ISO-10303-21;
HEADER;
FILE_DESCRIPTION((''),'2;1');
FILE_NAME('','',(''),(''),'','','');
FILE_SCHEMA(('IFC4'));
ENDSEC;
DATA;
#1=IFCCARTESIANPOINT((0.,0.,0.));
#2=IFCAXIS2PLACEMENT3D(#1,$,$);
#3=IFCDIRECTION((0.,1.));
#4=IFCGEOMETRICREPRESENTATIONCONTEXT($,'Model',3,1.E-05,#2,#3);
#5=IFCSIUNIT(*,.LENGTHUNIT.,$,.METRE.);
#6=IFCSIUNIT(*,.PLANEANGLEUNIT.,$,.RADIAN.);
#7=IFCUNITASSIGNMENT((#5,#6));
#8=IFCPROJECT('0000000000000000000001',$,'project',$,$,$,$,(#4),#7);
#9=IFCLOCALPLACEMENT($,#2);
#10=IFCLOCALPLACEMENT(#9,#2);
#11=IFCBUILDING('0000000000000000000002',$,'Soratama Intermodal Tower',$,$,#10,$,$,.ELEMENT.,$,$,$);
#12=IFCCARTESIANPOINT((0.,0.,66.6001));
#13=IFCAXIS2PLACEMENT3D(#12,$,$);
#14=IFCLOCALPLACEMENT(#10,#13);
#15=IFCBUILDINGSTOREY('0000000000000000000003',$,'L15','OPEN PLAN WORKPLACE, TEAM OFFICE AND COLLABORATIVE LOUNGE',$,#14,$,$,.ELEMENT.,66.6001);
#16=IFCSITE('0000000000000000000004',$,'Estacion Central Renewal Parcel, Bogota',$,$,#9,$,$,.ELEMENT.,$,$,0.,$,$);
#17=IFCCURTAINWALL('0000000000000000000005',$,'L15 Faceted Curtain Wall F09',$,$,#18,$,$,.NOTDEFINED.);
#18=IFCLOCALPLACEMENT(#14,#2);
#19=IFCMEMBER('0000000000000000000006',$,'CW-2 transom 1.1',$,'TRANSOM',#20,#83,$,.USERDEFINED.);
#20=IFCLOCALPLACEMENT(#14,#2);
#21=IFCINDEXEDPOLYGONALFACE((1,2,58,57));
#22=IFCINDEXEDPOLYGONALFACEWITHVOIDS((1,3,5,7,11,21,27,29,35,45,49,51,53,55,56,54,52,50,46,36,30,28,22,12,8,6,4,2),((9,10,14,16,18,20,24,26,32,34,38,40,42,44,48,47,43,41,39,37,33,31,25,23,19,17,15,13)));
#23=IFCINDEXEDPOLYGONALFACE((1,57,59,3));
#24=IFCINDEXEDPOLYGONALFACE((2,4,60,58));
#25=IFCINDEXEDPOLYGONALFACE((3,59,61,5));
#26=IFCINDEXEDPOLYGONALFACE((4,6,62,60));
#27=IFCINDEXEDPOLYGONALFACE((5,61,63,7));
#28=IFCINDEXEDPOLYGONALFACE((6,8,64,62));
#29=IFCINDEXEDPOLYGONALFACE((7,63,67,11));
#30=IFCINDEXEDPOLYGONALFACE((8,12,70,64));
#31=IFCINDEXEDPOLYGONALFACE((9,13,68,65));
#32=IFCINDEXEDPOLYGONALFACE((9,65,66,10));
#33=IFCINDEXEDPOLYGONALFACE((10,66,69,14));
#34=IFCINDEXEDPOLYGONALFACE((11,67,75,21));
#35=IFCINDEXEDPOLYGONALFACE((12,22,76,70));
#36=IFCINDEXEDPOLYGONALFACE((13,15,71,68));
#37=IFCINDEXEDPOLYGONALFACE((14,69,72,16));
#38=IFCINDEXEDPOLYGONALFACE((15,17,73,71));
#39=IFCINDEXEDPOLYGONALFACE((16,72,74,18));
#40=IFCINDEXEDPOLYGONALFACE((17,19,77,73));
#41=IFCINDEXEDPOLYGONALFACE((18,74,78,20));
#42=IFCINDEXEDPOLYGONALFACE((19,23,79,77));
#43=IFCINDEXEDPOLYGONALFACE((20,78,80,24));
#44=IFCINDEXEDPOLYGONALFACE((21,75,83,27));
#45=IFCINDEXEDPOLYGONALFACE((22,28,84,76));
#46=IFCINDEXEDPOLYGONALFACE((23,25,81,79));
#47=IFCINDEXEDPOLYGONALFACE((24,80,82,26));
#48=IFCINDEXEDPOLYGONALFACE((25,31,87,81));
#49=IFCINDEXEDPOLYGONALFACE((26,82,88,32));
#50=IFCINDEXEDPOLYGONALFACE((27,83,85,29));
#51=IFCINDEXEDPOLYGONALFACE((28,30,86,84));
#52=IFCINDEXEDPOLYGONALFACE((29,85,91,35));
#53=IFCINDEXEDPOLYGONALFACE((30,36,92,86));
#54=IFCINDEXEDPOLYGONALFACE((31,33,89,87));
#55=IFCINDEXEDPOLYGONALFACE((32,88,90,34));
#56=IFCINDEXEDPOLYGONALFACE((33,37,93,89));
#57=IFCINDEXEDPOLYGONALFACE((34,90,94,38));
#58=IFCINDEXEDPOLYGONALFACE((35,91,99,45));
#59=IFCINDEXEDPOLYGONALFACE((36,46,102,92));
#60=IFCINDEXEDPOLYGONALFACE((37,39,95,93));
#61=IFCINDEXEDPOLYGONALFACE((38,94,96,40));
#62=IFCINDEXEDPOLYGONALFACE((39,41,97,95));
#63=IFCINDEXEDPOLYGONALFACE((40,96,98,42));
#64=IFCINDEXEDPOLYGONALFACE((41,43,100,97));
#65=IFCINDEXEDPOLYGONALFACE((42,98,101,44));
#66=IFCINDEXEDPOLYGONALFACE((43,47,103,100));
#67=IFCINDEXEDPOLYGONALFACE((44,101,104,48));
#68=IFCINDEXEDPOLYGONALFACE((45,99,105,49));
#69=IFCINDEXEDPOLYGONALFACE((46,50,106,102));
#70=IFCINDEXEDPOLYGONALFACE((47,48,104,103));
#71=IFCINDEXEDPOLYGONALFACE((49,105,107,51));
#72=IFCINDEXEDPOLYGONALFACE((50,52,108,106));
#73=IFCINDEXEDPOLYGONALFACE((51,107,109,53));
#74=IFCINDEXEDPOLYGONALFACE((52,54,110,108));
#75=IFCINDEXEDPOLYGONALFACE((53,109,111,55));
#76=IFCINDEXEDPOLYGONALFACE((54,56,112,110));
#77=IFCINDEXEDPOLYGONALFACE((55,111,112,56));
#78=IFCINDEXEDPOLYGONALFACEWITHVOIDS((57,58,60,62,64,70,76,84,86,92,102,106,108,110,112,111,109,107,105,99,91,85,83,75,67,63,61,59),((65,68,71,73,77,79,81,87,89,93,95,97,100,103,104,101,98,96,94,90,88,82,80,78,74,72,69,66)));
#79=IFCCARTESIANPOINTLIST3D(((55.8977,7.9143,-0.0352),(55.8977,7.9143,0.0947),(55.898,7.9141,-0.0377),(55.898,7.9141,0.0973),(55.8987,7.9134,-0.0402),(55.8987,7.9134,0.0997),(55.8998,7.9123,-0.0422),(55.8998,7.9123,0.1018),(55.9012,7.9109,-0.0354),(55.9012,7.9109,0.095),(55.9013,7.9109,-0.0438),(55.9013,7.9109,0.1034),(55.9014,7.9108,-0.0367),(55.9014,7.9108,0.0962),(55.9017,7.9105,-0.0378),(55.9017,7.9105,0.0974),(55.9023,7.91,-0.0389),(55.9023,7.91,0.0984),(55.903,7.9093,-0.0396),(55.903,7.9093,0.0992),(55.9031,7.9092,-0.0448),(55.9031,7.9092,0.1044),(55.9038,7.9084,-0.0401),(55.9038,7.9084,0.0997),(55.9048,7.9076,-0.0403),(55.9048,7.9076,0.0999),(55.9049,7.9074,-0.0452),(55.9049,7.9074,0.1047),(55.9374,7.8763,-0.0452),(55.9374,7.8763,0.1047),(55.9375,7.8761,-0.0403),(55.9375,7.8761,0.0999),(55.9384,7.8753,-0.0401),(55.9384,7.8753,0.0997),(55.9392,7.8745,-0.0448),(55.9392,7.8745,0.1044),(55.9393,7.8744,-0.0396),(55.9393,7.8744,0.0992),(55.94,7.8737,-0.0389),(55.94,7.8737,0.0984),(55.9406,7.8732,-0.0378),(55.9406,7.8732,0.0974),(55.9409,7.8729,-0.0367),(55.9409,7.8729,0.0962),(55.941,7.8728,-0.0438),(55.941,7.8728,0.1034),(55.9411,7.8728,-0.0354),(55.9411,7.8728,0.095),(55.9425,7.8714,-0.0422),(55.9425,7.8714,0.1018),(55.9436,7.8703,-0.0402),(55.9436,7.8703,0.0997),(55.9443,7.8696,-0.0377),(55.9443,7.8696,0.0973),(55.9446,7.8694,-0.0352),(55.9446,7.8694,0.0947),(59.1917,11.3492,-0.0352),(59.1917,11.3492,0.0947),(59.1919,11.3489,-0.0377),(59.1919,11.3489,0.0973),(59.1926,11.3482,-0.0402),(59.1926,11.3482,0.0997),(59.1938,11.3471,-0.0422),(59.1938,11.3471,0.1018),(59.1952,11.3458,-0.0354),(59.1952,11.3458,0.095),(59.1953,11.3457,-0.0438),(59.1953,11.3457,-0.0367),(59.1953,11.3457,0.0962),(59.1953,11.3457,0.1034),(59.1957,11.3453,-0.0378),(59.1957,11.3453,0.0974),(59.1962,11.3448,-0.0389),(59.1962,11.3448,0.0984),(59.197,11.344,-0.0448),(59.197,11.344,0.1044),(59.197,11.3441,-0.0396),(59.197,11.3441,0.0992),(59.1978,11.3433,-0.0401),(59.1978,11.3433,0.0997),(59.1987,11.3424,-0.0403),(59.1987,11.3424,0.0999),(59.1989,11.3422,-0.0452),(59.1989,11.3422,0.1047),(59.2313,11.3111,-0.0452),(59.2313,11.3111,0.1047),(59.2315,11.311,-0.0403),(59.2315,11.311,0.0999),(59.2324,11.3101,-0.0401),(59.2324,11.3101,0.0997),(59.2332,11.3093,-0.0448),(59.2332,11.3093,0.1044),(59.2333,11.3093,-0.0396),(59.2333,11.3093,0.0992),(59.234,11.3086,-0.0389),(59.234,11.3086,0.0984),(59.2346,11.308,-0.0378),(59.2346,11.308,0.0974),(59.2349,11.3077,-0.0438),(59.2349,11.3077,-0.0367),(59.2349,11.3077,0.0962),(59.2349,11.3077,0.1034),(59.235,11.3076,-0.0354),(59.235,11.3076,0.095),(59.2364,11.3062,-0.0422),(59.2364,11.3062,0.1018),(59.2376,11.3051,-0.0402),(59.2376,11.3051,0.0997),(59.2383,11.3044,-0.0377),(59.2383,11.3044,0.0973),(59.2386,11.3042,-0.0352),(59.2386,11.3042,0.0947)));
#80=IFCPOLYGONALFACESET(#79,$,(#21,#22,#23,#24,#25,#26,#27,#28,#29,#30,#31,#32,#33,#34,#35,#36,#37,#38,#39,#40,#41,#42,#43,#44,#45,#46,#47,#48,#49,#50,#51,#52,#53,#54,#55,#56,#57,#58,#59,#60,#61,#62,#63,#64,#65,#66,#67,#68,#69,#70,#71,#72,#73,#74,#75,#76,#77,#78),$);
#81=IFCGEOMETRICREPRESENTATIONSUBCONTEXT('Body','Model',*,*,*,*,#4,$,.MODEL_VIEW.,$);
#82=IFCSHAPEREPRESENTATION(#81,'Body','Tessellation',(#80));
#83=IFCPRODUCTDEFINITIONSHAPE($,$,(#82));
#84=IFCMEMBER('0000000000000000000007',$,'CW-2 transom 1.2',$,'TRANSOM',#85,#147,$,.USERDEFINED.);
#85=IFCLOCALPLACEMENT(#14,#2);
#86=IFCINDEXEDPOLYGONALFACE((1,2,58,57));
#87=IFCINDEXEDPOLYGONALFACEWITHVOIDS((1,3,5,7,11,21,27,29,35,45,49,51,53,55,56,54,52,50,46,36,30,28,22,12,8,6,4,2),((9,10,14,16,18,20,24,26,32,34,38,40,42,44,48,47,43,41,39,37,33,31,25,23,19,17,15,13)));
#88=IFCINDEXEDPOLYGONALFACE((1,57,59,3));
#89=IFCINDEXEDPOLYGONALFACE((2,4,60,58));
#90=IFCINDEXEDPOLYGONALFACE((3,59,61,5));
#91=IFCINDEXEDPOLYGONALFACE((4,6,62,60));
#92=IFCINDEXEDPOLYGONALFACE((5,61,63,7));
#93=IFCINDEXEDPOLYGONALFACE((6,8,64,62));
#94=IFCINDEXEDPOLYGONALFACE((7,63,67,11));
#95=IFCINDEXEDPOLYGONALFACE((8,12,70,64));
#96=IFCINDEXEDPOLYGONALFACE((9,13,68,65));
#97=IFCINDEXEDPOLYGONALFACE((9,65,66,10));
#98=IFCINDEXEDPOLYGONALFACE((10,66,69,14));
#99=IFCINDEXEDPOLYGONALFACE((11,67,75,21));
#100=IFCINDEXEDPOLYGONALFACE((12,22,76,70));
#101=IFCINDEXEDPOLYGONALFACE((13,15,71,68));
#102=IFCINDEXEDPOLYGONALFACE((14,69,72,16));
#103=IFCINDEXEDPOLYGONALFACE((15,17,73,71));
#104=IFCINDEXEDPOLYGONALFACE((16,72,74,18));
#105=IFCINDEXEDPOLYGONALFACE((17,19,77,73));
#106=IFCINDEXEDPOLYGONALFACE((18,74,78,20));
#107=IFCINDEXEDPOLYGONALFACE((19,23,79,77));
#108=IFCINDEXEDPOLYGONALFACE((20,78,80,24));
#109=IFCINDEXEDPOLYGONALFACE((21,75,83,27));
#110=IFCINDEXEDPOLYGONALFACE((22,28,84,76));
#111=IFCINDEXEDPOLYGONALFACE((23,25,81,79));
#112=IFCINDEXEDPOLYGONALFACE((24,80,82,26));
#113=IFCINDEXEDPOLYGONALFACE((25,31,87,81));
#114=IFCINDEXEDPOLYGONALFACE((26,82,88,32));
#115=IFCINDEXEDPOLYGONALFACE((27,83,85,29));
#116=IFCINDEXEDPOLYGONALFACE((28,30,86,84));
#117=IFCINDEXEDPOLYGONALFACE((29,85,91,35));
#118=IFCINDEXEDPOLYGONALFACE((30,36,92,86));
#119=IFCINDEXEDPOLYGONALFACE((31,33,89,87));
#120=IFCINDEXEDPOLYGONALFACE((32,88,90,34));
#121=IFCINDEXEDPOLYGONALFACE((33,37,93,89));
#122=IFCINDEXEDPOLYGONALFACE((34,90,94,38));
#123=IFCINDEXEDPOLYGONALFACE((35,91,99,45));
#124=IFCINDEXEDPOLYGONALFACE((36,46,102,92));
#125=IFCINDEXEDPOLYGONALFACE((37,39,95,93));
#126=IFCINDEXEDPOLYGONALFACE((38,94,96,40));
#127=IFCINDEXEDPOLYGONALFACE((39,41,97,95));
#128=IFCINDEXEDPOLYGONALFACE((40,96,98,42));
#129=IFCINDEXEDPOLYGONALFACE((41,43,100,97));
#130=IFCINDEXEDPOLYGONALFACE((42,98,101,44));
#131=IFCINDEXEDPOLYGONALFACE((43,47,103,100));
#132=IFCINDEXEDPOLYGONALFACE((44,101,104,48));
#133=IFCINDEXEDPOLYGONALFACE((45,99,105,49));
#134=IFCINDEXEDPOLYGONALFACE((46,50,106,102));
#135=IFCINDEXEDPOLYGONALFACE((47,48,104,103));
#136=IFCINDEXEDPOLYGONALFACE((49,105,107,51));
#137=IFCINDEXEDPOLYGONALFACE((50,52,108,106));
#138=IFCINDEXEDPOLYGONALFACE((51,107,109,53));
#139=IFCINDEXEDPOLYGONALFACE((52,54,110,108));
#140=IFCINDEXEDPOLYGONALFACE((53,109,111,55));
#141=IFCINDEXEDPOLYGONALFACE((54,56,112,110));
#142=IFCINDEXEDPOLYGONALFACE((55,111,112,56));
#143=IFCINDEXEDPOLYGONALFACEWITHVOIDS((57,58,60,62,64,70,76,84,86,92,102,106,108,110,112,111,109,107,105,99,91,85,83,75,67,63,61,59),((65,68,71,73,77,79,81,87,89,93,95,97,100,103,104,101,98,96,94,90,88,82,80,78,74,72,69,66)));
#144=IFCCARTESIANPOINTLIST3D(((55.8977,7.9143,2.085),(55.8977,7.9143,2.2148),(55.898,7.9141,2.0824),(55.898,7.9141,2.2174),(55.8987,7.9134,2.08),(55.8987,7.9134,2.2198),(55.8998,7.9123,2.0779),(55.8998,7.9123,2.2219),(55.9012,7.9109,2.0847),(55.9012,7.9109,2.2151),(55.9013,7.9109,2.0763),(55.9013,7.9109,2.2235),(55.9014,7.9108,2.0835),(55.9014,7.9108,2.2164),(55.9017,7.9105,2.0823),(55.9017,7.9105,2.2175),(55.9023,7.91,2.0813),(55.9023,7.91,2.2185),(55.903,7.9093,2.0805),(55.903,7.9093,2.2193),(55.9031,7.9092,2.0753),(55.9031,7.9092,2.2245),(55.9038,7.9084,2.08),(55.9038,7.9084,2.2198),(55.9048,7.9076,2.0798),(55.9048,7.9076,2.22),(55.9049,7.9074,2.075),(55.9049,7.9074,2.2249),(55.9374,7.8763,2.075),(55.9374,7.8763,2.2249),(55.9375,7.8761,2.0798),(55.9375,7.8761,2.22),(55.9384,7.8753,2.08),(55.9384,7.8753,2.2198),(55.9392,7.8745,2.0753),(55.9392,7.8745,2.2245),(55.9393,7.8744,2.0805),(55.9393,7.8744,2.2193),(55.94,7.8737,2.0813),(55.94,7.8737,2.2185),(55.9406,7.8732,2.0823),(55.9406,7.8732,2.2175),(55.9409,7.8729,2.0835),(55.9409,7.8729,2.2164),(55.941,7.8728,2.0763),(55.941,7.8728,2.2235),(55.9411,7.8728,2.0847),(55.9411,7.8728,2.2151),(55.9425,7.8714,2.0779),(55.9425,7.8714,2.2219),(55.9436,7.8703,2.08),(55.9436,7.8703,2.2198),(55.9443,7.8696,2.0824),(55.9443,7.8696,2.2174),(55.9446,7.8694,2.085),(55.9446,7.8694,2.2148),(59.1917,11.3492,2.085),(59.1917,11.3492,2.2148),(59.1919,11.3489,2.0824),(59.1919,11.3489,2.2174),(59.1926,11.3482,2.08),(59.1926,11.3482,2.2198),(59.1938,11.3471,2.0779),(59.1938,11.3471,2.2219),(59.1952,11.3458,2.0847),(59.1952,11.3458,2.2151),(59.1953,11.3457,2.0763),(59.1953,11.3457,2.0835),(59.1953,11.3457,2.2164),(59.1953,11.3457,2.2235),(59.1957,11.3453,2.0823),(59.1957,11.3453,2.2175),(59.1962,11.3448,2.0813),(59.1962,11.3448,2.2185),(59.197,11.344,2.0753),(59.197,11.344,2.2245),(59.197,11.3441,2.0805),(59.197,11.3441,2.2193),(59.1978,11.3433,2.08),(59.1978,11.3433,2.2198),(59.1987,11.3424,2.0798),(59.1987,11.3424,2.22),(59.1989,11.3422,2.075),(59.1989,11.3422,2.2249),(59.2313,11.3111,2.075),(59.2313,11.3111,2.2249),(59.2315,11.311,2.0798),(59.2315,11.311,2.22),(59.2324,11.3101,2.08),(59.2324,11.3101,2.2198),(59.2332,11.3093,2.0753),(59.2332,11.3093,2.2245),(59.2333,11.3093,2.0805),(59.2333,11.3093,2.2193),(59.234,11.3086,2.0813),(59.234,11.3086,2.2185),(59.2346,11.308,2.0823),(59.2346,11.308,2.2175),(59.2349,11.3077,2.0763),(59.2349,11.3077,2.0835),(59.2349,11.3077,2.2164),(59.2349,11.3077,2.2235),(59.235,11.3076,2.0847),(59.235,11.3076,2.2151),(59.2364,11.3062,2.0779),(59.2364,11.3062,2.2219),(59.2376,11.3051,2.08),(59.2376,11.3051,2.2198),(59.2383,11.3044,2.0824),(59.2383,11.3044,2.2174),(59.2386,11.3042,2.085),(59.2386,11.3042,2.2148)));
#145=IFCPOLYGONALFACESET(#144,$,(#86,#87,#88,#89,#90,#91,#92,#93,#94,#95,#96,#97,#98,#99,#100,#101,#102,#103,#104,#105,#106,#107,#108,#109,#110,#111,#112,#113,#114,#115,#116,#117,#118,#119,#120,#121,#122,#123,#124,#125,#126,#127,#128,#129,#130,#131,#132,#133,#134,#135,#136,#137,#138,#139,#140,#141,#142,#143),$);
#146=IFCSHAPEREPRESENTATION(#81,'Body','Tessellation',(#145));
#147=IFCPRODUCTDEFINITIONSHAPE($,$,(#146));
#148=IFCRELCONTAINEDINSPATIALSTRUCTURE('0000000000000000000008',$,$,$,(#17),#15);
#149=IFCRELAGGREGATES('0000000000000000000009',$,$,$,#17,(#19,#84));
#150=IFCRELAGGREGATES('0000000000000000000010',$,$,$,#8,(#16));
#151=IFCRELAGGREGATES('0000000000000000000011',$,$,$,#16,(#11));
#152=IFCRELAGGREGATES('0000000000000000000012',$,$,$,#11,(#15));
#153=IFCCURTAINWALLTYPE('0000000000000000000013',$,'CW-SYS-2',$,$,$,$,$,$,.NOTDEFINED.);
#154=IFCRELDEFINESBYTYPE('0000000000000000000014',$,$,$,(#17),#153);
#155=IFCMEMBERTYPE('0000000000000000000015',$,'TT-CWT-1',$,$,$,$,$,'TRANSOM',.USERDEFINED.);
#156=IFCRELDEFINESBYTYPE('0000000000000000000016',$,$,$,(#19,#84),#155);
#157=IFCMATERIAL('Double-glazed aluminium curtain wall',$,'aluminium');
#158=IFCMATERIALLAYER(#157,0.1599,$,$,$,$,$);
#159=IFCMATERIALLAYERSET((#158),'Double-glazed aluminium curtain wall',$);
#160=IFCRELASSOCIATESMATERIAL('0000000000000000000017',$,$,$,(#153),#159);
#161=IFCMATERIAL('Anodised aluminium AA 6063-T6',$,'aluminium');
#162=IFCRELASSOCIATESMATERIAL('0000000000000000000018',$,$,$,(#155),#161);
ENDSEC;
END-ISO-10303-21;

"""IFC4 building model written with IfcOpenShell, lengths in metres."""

from ifc_helpers import new_model, si_unit, direction, frame, origin, origin_2d, place, context, subcontext, project, spatial, hollow_rectangle, extrude, material, layer, layer_set, material_profile, profile_set, type_object, element, aggregate, save


model = new_model("IFC4")

# Units and contexts
model_context = context("Model", 3, precision=1e-05, world=origin(), true_north=direction((0.0, 1.0)))
body_context = subcontext(model_context, "Body", "Model", "MODEL_VIEW")
ifc_project = project(units=[si_unit("LENGTHUNIT", "METRE"), si_unit("PLANEANGLEUNIT", "RADIAN")], contexts=[model_context])

# Site, building, storey
site_placement = place(None, origin())
site = spatial("IfcSite", under=ifc_project, at=site_placement, Name="Estacion Central Renewal Parcel, Bogota", CompositionType="ELEMENT", RefElevation=0.0)
building_placement = place(site_placement, origin())
building = spatial("IfcBuilding", under=site, at=building_placement, Name="Soratama Intermodal Tower", CompositionType="ELEMENT")
storey_placement = place(building_placement, frame((0.0, 0.0, 66.6001)))
storey = spatial("IfcBuildingStorey", under=building, at=storey_placement, Name="L15", Description="OPEN PLAN WORKPLACE, TEAM OFFICE AND COLLABORATIVE LOUNGE", CompositionType="ELEMENT", Elevation=66.6001)

# Curtain wall, members
ifc_material_1 = material(Name="Double-glazed aluminium curtain wall", Category="aluminium")
ifc_layer_1 = layer(ifc_material_1, 0.1599)
ifc_layer_set_1 = layer_set([ifc_layer_1], Name="Double-glazed aluminium curtain wall")
curtain_wall_type = type_object("IfcCurtainWallType", Name="CW-SYS-2", PredefinedType="NOTDEFINED", material=ifc_layer_set_1)
curtain_wall_placement = place(storey_placement, origin())
curtain_wall = element("IfcCurtainWall", 1, at=curtain_wall_placement, inside=storey, type_object=curtain_wall_type, Name="L15 Faceted Curtain Wall F09", PredefinedType="NOTDEFINED")
ifc_material_2 = material(Name="Anodised aluminium AA 6063-T6", Category="aluminium")
ifc_material_profile_1 = material_profile(ifc_material_2, hollow_rectangle(XDim=0.0649, YDim=0.1499, WallThickness=0.0049, InnerFilletRadius=0.0049, OuterFilletRadius=0.01, at=origin_2d()), Name="CWT150X65X5")
ifc_profile_set_1 = profile_set([ifc_material_profile_1], Name="Anodised aluminium AA 6063-T6")
member_type_1 = type_object("IfcMemberType", Name="TT-CWT-1", ElementType="TRANSOM", PredefinedType="USERDEFINED", material=ifc_profile_set_1)
member_1_placement = place(storey_placement, frame((55.9211, 7.8918, 0.0298), z_axis=(0.692152, 0.721752, 0.0), x_axis=(-0.721752, 0.692152, 0.0)))
member_1 = element("IfcMember", 2, at=member_1_placement, type_object=member_type_1, Name="CW-2 transom 1.1", ObjectType="TRANSOM", PredefinedType="USERDEFINED", context=body_context, shape_type="SweptSolid", body=[
    extrude(hollow_rectangle(XDim=0.0649, YDim=0.1499, WallThickness=0.0049, InnerFilletRadius=0.0049, OuterFilletRadius=0.01, at=origin_2d()), origin(), (0.0, 0.0, 1.0), 4.759),
])
member_2_placement = place(storey_placement, frame((55.9211, 7.8918, 2.1499), z_axis=(0.692152, 0.721752, 0.0), x_axis=(-0.721752, 0.692152, 0.0)))
member_2 = element("IfcMember", 3, at=member_2_placement, type_object=member_type_1, Name="CW-2 transom 1.2", ObjectType="TRANSOM", PredefinedType="USERDEFINED", context=body_context, shape_type="SweptSolid", body=[
    extrude(hollow_rectangle(XDim=0.0649, YDim=0.1499, WallThickness=0.0049, InnerFilletRadius=0.0049, OuterFilletRadius=0.01, at=origin_2d()), origin(), (0.0, 0.0, 1.0), 4.759),
])
aggregate(curtain_wall, [member_1, member_2])

save(model, "model.ifc")
